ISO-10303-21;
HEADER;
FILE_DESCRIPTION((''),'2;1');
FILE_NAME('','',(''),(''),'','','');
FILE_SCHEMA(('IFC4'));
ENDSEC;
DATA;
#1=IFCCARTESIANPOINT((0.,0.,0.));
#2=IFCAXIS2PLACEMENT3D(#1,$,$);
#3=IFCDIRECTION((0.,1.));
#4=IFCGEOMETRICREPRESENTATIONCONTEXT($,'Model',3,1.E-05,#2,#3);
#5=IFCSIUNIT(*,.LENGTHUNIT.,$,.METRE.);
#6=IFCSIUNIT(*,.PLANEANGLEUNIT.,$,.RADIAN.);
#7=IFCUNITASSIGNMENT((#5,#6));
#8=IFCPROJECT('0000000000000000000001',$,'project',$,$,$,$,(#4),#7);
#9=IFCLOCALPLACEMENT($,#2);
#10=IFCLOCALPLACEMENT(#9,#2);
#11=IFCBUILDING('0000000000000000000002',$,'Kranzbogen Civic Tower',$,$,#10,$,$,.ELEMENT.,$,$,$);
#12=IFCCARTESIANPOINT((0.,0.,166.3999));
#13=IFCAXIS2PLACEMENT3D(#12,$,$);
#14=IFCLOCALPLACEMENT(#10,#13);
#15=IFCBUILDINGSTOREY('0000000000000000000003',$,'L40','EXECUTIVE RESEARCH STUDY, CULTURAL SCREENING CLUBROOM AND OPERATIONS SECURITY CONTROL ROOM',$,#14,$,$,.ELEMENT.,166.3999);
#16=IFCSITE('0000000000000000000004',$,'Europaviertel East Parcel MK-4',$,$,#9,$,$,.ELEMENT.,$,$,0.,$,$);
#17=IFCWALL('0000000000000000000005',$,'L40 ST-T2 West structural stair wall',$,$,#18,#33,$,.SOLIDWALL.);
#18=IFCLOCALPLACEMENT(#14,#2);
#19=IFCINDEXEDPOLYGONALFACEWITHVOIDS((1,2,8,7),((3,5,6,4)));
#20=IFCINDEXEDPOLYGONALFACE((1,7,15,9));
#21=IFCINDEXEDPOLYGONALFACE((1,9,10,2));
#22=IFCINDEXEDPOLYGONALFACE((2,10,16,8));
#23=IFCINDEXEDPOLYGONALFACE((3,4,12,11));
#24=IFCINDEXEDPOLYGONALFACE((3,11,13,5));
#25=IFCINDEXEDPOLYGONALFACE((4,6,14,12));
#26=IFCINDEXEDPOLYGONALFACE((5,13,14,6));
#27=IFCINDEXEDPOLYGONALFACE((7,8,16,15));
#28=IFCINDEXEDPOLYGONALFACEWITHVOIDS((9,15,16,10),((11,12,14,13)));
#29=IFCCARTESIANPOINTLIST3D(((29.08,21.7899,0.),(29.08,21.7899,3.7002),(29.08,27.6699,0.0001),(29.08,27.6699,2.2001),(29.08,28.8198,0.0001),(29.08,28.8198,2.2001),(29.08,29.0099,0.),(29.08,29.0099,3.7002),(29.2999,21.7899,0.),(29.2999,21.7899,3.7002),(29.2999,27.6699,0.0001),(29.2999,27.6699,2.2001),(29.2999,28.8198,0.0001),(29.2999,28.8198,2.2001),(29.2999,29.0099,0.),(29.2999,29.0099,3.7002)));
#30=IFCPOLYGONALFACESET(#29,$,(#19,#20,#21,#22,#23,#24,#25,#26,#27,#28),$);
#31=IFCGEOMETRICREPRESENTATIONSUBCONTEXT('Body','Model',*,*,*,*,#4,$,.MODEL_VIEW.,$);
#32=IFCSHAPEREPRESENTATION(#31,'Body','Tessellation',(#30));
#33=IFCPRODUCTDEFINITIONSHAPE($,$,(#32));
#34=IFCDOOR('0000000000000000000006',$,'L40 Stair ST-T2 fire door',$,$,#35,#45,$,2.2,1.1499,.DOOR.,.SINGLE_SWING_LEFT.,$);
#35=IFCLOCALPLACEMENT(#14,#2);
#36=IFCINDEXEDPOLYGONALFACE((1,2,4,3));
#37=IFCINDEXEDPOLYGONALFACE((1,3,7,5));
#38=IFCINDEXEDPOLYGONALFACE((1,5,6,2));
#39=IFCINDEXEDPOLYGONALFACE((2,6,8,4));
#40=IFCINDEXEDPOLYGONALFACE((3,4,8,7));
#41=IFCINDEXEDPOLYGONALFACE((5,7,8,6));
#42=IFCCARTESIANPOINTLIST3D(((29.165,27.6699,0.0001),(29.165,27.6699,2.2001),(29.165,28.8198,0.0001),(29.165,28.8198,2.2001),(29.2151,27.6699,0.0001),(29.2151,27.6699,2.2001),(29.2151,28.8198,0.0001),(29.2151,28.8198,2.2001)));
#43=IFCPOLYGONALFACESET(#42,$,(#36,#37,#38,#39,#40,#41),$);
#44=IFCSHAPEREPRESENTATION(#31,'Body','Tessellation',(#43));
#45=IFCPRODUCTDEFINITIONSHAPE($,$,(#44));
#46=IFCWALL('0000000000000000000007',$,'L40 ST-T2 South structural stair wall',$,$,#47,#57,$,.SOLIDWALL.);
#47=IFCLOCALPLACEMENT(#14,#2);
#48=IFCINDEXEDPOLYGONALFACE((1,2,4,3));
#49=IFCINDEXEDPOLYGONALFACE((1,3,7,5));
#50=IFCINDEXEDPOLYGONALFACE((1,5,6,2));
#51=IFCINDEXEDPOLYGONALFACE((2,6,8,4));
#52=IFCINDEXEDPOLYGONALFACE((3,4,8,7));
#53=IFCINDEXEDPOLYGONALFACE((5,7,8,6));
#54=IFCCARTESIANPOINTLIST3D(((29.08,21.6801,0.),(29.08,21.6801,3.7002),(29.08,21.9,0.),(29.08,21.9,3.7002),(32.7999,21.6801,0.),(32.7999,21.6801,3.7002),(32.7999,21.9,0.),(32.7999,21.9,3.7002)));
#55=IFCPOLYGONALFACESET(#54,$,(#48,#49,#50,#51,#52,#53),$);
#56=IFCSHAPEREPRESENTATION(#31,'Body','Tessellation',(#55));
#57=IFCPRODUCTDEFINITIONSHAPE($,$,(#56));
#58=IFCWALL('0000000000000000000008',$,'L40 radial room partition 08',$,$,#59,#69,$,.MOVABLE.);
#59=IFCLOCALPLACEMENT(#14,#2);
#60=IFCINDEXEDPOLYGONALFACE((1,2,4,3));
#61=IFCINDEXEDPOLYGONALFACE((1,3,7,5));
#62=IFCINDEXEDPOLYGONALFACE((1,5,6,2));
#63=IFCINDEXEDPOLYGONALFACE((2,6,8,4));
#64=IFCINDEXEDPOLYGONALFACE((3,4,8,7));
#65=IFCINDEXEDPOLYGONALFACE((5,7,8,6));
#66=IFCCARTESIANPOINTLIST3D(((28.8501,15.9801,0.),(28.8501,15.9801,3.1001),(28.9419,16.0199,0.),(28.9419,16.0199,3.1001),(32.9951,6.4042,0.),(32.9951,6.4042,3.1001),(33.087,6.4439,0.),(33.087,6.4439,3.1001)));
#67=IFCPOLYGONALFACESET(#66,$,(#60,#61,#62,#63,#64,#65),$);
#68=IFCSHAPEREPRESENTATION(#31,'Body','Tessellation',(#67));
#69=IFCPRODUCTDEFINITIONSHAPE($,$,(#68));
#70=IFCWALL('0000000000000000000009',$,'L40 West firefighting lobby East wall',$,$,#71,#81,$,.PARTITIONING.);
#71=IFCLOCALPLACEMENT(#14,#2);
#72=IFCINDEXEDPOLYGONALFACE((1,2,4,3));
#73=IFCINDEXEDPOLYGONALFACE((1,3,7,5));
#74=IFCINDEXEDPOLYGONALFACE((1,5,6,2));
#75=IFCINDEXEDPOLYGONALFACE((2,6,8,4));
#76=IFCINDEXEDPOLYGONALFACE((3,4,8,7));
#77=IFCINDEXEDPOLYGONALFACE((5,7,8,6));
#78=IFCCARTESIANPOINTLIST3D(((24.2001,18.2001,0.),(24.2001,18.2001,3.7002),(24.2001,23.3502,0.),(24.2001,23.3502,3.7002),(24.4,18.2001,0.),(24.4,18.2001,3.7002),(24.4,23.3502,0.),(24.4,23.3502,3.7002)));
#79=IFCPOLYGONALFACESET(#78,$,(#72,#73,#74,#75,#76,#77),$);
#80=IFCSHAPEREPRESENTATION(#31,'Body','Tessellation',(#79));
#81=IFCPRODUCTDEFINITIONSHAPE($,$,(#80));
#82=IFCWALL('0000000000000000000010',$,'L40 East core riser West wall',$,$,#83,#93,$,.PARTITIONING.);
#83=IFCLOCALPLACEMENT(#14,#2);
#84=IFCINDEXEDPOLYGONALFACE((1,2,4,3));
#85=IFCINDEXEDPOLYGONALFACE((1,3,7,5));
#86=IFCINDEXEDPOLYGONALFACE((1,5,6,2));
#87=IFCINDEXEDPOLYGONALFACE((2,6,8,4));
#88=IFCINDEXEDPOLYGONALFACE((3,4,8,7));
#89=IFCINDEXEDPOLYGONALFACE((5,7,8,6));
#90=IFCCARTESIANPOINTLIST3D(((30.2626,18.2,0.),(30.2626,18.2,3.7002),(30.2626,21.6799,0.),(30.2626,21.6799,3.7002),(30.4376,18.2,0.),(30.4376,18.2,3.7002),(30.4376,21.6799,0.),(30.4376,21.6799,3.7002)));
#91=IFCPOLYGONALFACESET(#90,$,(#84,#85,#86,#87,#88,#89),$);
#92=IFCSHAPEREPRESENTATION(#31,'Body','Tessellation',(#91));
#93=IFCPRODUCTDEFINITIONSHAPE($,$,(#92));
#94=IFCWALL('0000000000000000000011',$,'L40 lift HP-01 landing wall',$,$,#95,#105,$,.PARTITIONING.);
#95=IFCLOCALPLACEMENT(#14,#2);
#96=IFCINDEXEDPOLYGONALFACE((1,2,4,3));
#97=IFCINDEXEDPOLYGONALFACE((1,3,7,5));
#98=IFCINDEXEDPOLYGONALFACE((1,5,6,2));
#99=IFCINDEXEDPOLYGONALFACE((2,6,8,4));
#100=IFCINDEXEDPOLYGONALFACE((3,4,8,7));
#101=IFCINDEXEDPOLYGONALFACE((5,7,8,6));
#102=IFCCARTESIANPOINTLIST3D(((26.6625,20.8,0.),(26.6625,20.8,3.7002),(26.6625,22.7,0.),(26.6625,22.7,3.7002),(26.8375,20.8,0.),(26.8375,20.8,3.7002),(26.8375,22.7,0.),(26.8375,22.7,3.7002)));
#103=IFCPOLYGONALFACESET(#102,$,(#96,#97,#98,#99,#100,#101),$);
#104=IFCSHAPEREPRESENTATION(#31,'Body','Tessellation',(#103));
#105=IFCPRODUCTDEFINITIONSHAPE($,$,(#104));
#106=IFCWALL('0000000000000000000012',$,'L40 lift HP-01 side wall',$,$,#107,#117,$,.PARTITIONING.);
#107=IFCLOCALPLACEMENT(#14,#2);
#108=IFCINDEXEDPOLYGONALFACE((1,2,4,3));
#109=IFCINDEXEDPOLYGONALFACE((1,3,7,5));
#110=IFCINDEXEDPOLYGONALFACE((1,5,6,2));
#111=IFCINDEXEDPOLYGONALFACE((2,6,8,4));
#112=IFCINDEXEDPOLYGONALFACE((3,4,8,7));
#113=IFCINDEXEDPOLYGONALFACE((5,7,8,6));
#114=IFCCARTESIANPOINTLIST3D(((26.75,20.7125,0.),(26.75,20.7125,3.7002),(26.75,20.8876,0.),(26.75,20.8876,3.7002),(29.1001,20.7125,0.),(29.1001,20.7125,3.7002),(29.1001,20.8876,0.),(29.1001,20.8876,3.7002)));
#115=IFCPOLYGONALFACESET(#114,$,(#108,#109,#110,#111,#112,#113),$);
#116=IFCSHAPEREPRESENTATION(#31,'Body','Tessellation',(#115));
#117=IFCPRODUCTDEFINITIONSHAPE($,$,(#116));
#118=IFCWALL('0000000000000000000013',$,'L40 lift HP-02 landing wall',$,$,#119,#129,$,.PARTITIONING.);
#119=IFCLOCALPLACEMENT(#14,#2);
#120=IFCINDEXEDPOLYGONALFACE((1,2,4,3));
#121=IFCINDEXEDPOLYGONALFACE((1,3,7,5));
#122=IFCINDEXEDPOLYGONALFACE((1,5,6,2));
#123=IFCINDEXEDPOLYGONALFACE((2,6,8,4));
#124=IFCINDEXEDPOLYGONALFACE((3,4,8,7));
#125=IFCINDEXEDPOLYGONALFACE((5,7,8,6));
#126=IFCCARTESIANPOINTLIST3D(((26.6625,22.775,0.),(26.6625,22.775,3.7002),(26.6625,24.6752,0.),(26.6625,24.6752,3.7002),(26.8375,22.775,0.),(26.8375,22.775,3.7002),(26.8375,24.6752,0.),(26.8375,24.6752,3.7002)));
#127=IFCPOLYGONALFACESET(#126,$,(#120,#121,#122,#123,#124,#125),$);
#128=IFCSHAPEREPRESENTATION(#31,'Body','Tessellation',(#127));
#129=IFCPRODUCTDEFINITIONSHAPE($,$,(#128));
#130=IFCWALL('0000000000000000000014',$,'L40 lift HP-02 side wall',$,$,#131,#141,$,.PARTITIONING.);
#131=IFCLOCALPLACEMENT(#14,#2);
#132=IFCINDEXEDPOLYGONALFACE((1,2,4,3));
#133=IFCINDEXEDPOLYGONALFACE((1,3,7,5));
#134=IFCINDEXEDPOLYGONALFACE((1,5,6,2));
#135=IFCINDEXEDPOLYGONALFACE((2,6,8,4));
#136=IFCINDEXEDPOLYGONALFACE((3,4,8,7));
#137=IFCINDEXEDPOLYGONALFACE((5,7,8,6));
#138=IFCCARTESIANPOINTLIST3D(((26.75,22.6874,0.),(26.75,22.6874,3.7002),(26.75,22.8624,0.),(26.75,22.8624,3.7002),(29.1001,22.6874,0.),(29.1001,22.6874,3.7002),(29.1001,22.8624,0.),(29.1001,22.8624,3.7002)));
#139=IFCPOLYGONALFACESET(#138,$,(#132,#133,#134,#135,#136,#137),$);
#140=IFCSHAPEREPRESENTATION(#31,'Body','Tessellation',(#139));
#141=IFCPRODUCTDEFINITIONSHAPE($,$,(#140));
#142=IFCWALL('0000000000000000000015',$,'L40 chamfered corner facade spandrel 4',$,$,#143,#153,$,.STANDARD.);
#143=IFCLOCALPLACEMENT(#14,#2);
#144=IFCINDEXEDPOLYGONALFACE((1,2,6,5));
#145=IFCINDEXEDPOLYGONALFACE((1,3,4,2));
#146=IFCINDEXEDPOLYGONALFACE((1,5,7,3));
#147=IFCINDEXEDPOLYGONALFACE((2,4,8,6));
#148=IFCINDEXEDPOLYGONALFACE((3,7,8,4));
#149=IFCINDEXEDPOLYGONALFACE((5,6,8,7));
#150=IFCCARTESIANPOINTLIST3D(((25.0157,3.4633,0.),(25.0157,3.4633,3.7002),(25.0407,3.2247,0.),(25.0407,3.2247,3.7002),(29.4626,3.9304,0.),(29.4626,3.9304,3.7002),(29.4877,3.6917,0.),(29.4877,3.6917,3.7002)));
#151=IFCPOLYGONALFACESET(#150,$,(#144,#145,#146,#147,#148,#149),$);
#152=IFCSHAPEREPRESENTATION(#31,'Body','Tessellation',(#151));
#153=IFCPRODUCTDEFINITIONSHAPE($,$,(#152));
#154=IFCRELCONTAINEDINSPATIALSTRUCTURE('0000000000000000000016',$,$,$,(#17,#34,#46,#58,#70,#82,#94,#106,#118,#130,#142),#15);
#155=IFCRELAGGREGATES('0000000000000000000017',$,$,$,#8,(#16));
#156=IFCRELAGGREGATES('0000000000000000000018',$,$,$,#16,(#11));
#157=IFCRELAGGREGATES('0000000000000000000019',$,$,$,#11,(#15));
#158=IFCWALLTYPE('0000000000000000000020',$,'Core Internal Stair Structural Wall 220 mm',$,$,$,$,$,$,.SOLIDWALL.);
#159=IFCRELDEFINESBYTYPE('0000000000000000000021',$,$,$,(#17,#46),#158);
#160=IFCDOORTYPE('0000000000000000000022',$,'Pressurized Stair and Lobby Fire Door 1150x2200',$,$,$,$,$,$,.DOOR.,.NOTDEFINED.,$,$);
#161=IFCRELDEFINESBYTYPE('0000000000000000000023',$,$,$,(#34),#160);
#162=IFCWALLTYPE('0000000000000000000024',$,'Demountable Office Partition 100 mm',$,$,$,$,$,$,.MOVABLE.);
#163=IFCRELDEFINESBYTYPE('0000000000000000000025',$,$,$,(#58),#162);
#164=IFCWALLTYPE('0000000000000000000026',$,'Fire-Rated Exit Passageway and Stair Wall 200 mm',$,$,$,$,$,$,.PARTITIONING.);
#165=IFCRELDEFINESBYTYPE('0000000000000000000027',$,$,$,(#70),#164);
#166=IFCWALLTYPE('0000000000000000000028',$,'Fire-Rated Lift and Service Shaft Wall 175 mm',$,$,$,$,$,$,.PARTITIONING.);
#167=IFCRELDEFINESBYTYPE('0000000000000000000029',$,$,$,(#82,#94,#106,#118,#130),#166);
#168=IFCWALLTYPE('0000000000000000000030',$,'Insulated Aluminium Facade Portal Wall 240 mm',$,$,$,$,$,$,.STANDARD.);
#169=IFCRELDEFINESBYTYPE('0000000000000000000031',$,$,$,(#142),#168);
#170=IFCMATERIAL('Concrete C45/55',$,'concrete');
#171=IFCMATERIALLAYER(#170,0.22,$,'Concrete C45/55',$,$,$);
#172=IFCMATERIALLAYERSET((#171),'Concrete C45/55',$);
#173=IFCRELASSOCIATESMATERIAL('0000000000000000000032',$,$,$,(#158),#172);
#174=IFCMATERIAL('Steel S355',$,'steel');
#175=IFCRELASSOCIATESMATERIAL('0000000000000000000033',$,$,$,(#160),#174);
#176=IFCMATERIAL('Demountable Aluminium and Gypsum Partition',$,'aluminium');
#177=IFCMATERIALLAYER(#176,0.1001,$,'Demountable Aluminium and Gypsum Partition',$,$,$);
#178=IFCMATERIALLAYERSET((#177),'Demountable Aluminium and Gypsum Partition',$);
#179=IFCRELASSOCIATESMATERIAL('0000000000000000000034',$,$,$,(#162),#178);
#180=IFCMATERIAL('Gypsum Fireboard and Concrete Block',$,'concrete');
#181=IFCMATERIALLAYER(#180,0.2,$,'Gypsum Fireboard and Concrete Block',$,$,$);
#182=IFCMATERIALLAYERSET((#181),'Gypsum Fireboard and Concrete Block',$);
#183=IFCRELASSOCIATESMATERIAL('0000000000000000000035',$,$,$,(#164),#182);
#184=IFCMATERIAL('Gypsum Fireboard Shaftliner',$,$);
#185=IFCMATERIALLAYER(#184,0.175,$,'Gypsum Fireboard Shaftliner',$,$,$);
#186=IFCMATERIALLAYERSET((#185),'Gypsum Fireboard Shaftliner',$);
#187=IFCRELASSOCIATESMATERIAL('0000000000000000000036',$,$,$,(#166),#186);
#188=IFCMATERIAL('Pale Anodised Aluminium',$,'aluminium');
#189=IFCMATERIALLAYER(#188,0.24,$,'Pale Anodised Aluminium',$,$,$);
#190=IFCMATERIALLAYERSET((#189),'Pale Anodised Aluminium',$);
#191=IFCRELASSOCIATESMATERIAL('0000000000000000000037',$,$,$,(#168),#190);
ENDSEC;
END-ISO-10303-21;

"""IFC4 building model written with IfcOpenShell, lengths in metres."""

from ifc_helpers import new_model, si_unit, direction, frame, frame_2d, origin, place, context, subcontext, project, spatial, rectangle, extrude, material, layer, layer_set, type_object, element, fill, save


model = new_model("IFC4")

# Units and contexts
model_context = context("Model", 3, precision=1e-05, world=origin(), true_north=direction((0.0, 1.0)))
body_context = subcontext(model_context, "Body", "Model", "MODEL_VIEW")
ifc_project = project(units=[si_unit("LENGTHUNIT", "METRE"), si_unit("PLANEANGLEUNIT", "RADIAN")], contexts=[model_context])

# Site, building, storey
site_placement = place(None, origin())
site = spatial("IfcSite", under=ifc_project, at=site_placement, Name="Europaviertel East Parcel MK-4", CompositionType="ELEMENT", RefElevation=0.0)
building_placement = place(site_placement, origin())
building = spatial("IfcBuilding", under=site, at=building_placement, Name="Kranzbogen Civic Tower", CompositionType="ELEMENT")
storey_placement = place(building_placement, frame((0.0, 0.0, 166.3999)))
storey = spatial("IfcBuildingStorey", under=building, at=storey_placement, Name="L40", Description="EXECUTIVE RESEARCH STUDY, CULTURAL SCREENING CLUBROOM AND OPERATIONS SECURITY CONTROL ROOM", CompositionType="ELEMENT", Elevation=166.3999)

# Shared definitions
ifc_material_1 = material(Name="Steel S355", Category="steel")

# Shared definitions
ifc_material_2 = material(Name="Pale Anodised Aluminium", Category="aluminium")

# Wall, opening, door
ifc_material_3 = material(Name="Concrete C45/55", Category="concrete")
ifc_layer_1 = layer(ifc_material_3, 0.22, Name="Concrete C45/55")
ifc_layer_set_1 = layer_set([ifc_layer_1], Name="Concrete C45/55")
wall_type_1 = type_object("IfcWallType", Name="Core Internal Stair Structural Wall 220 mm", PredefinedType="SOLIDWALL", material=ifc_layer_set_1)
wall_1_placement = place(storey_placement, frame((29.1899, 21.79, 0.0), z_axis=(0.0, 0.0, 1.0), x_axis=(0.0, 1.0, 0.0)))
wall_1 = element("IfcWall", 1, at=wall_1_placement, inside=storey, type_object=wall_type_1, Name="L40 ST-T2 West structural stair wall", PredefinedType="SOLIDWALL", context=body_context, shape_type="SweptSolid", body=[
    extrude(rectangle(XDim=7.22, YDim=0.22, at=frame_2d((3.6099, 0.0))), origin(), (0.0, 0.0, 1.0), 3.7002),
])
opening_1_placement = place(wall_1_placement, frame((5.8799, 0.0, 0.0)))
opening_1 = element("IfcOpeningElement", 2, at=opening_1_placement, cuts=wall_1, PredefinedType="OPENING", context=body_context, shape_type="SweptSolid", body=[
    extrude(rectangle(XDim=1.1499, YDim=2.2, at=frame_2d((0.575, 1.1001))), frame((0.0, 0.1201, 0.0), z_axis=(0.0, -1.0, 0.0), x_axis=(1.0, 0.0, 0.0)), (0.0, 0.0, 1.0), 0.24),
])
door_type_1 = type_object("IfcDoorType", Name="Pressurized Stair and Lobby Fire Door 1150x2200", OperationType="NOTDEFINED", PredefinedType="DOOR", material=ifc_material_1)
door_1_placement = place(opening_1_placement, origin())
door_1 = element("IfcDoor", 3, at=door_1_placement, inside=storey, type_object=door_type_1, Name="L40 Stair ST-T2 fire door", OperationType="SINGLE_SWING_LEFT", OverallHeight=2.2, OverallWidth=1.1499, PredefinedType="DOOR", context=body_context, shape_type="SweptSolid", body=[
    extrude(rectangle(XDim=1.1499, YDim=2.2, at=frame_2d((0.575, 1.1001))), frame((0.0, 0.0249, 0.0), z_axis=(0.0, -1.0, 0.0), x_axis=(1.0, 0.0, 0.0)), (0.0, 0.0, 1.0), 0.05),
])
fill(opening_1, door_1)

# Walls
wall_2_placement = place(storey_placement, frame((29.0801, 21.79, 0.0), z_axis=(0.0, 0.0, 1.0), x_axis=(1.0, 0.0, 0.0)))
element("IfcWall", 4, at=wall_2_placement, inside=storey, type_object=wall_type_1, Name="L40 ST-T2 South structural stair wall", PredefinedType="SOLIDWALL", context=body_context, shape_type="SweptSolid", body=[
    extrude(rectangle(XDim=3.72, YDim=0.22, at=frame_2d((1.8599, 0.0))), origin(), (0.0, 0.0, 1.0), 3.7002),
])
ifc_material_4 = material(Name="Demountable Aluminium and Gypsum Partition", Category="aluminium")
ifc_layer_2 = layer(ifc_material_4, 0.1001, Name="Demountable Aluminium and Gypsum Partition")
ifc_layer_set_2 = layer_set([ifc_layer_2], Name="Demountable Aluminium and Gypsum Partition")
wall_type_2 = type_object("IfcWallType", Name="Demountable Office Partition 100 mm", PredefinedType="MOVABLE", material=ifc_layer_set_2)
wall_3_placement = place(storey_placement, frame((28.896, 16.0, 0.0), z_axis=(0.0, 0.0, 1.0), x_axis=(0.39724, -0.917715, 0.0)))
element("IfcWall", 5, at=wall_3_placement, inside=storey, type_object=wall_type_2, Name="L40 radial room partition 08", PredefinedType="MOVABLE", context=body_context, shape_type="SweptSolid", body=[
    extrude(rectangle(XDim=10.4346, YDim=0.1001, at=frame_2d((5.2173, 0.0))), origin(), (0.0, 0.0, 1.0), 3.1001),
])
ifc_material_5 = material(Name="Gypsum Fireboard and Concrete Block", Category="concrete")
ifc_layer_3 = layer(ifc_material_5, 0.2, Name="Gypsum Fireboard and Concrete Block")
ifc_layer_set_3 = layer_set([ifc_layer_3], Name="Gypsum Fireboard and Concrete Block")
wall_type_3 = type_object("IfcWallType", Name="Fire-Rated Exit Passageway and Stair Wall 200 mm", PredefinedType="PARTITIONING", material=ifc_layer_set_3)
wall_4_placement = place(storey_placement, frame((24.3, 18.2, 0.0), z_axis=(0.0, 0.0, 1.0), x_axis=(0.0, 1.0, 0.0)))
element("IfcWall", 6, at=wall_4_placement, inside=storey, type_object=wall_type_3, Name="L40 West firefighting lobby East wall", PredefinedType="PARTITIONING", context=body_context, shape_type="SweptSolid", body=[
    extrude(rectangle(XDim=5.1501, YDim=0.2, at=frame_2d((2.5752, 0.0))), origin(), (0.0, 0.0, 1.0), 3.7002),
])
ifc_material_6 = material(Name="Gypsum Fireboard Shaftliner")
ifc_layer_4 = layer(ifc_material_6, 0.175, Name="Gypsum Fireboard Shaftliner")
ifc_layer_set_4 = layer_set([ifc_layer_4], Name="Gypsum Fireboard Shaftliner")
wall_type_4 = type_object("IfcWallType", Name="Fire-Rated Lift and Service Shaft Wall 175 mm", PredefinedType="PARTITIONING", material=ifc_layer_set_4)
wall_5_placement = place(storey_placement, frame((30.3501, 18.2, 0.0), z_axis=(0.0, 0.0, 1.0), x_axis=(0.0, 1.0, 0.0)))
element("IfcWall", 7, at=wall_5_placement, inside=storey, type_object=wall_type_4, Name="L40 East core riser West wall", PredefinedType="PARTITIONING", context=body_context, shape_type="SweptSolid", body=[
    extrude(rectangle(XDim=3.48, YDim=0.175, at=frame_2d((1.74, 0.0))), origin(), (0.0, 0.0, 1.0), 3.7002),
])
wall_6_placement = place(storey_placement, frame((26.75, 20.8, 0.0), z_axis=(0.0, 0.0, 1.0), x_axis=(0.0, 1.0, 0.0)))
element("IfcWall", 8, at=wall_6_placement, inside=storey, type_object=wall_type_4, Name="L40 lift HP-01 landing wall", PredefinedType="PARTITIONING", context=body_context, shape_type="SweptSolid", body=[
    extrude(rectangle(XDim=1.8999, YDim=0.175, at=frame_2d((0.95, 0.0))), origin(), (0.0, 0.0, 1.0), 3.7002),
])
wall_7_placement = place(storey_placement, frame((26.75, 20.8, 0.0), z_axis=(0.0, 0.0, 1.0), x_axis=(1.0, 0.0, 0.0)))
element("IfcWall", 9, at=wall_7_placement, inside=storey, type_object=wall_type_4, Name="L40 lift HP-01 side wall", PredefinedType="PARTITIONING", context=body_context, shape_type="SweptSolid", body=[
    extrude(rectangle(XDim=2.3501, YDim=0.175, at=frame_2d((1.175, 0.0))), origin(), (0.0, 0.0, 1.0), 3.7002),
])
wall_8_placement = place(storey_placement, frame((26.75, 22.7749, 0.0), z_axis=(0.0, 0.0, 1.0), x_axis=(0.0, 1.0, 0.0)))
element("IfcWall", 10, at=wall_8_placement, inside=storey, type_object=wall_type_4, Name="L40 lift HP-02 landing wall", PredefinedType="PARTITIONING", context=body_context, shape_type="SweptSolid", body=[
    extrude(rectangle(XDim=1.9001, YDim=0.175, at=frame_2d((0.9502, 0.0))), origin(), (0.0, 0.0, 1.0), 3.7002),
])
wall_9_placement = place(storey_placement, frame((26.75, 22.7749, 0.0), z_axis=(0.0, 0.0, 1.0), x_axis=(1.0, 0.0, 0.0)))
element("IfcWall", 11, at=wall_9_placement, inside=storey, type_object=wall_type_4, Name="L40 lift HP-02 side wall", PredefinedType="PARTITIONING", context=body_context, shape_type="SweptSolid", body=[
    extrude(rectangle(XDim=2.3501, YDim=0.175, at=frame_2d((1.175, 0.0))), origin(), (0.0, 0.0, 1.0), 3.7002),
])
ifc_layer_5 = layer(ifc_material_2, 0.24, Name="Pale Anodised Aluminium")
ifc_layer_set_5 = layer_set([ifc_layer_5], Name="Pale Anodised Aluminium")
wall_type_5 = type_object("IfcWallType", Name="Insulated Aluminium Facade Portal Wall 240 mm", PredefinedType="STANDARD", material=ifc_layer_set_5)
wall_10_placement = place(storey_placement, frame((25.0281, 3.344, 0.0), z_axis=(0.0, 0.0, 1.0), x_axis=(0.99453, 0.104449, 0.0)))
element("IfcWall", 12, at=wall_10_placement, inside=storey, type_object=wall_type_5, Name="L40 chamfered corner facade spandrel 4", PredefinedType="STANDARD", context=body_context, shape_type="SweptSolid", body=[
    extrude(rectangle(XDim=4.4714, YDim=0.24, at=frame_2d((2.2358, 0.0))), origin(), (0.0, 0.0, 1.0), 3.7002),
])

save(model, "model.ifc")
